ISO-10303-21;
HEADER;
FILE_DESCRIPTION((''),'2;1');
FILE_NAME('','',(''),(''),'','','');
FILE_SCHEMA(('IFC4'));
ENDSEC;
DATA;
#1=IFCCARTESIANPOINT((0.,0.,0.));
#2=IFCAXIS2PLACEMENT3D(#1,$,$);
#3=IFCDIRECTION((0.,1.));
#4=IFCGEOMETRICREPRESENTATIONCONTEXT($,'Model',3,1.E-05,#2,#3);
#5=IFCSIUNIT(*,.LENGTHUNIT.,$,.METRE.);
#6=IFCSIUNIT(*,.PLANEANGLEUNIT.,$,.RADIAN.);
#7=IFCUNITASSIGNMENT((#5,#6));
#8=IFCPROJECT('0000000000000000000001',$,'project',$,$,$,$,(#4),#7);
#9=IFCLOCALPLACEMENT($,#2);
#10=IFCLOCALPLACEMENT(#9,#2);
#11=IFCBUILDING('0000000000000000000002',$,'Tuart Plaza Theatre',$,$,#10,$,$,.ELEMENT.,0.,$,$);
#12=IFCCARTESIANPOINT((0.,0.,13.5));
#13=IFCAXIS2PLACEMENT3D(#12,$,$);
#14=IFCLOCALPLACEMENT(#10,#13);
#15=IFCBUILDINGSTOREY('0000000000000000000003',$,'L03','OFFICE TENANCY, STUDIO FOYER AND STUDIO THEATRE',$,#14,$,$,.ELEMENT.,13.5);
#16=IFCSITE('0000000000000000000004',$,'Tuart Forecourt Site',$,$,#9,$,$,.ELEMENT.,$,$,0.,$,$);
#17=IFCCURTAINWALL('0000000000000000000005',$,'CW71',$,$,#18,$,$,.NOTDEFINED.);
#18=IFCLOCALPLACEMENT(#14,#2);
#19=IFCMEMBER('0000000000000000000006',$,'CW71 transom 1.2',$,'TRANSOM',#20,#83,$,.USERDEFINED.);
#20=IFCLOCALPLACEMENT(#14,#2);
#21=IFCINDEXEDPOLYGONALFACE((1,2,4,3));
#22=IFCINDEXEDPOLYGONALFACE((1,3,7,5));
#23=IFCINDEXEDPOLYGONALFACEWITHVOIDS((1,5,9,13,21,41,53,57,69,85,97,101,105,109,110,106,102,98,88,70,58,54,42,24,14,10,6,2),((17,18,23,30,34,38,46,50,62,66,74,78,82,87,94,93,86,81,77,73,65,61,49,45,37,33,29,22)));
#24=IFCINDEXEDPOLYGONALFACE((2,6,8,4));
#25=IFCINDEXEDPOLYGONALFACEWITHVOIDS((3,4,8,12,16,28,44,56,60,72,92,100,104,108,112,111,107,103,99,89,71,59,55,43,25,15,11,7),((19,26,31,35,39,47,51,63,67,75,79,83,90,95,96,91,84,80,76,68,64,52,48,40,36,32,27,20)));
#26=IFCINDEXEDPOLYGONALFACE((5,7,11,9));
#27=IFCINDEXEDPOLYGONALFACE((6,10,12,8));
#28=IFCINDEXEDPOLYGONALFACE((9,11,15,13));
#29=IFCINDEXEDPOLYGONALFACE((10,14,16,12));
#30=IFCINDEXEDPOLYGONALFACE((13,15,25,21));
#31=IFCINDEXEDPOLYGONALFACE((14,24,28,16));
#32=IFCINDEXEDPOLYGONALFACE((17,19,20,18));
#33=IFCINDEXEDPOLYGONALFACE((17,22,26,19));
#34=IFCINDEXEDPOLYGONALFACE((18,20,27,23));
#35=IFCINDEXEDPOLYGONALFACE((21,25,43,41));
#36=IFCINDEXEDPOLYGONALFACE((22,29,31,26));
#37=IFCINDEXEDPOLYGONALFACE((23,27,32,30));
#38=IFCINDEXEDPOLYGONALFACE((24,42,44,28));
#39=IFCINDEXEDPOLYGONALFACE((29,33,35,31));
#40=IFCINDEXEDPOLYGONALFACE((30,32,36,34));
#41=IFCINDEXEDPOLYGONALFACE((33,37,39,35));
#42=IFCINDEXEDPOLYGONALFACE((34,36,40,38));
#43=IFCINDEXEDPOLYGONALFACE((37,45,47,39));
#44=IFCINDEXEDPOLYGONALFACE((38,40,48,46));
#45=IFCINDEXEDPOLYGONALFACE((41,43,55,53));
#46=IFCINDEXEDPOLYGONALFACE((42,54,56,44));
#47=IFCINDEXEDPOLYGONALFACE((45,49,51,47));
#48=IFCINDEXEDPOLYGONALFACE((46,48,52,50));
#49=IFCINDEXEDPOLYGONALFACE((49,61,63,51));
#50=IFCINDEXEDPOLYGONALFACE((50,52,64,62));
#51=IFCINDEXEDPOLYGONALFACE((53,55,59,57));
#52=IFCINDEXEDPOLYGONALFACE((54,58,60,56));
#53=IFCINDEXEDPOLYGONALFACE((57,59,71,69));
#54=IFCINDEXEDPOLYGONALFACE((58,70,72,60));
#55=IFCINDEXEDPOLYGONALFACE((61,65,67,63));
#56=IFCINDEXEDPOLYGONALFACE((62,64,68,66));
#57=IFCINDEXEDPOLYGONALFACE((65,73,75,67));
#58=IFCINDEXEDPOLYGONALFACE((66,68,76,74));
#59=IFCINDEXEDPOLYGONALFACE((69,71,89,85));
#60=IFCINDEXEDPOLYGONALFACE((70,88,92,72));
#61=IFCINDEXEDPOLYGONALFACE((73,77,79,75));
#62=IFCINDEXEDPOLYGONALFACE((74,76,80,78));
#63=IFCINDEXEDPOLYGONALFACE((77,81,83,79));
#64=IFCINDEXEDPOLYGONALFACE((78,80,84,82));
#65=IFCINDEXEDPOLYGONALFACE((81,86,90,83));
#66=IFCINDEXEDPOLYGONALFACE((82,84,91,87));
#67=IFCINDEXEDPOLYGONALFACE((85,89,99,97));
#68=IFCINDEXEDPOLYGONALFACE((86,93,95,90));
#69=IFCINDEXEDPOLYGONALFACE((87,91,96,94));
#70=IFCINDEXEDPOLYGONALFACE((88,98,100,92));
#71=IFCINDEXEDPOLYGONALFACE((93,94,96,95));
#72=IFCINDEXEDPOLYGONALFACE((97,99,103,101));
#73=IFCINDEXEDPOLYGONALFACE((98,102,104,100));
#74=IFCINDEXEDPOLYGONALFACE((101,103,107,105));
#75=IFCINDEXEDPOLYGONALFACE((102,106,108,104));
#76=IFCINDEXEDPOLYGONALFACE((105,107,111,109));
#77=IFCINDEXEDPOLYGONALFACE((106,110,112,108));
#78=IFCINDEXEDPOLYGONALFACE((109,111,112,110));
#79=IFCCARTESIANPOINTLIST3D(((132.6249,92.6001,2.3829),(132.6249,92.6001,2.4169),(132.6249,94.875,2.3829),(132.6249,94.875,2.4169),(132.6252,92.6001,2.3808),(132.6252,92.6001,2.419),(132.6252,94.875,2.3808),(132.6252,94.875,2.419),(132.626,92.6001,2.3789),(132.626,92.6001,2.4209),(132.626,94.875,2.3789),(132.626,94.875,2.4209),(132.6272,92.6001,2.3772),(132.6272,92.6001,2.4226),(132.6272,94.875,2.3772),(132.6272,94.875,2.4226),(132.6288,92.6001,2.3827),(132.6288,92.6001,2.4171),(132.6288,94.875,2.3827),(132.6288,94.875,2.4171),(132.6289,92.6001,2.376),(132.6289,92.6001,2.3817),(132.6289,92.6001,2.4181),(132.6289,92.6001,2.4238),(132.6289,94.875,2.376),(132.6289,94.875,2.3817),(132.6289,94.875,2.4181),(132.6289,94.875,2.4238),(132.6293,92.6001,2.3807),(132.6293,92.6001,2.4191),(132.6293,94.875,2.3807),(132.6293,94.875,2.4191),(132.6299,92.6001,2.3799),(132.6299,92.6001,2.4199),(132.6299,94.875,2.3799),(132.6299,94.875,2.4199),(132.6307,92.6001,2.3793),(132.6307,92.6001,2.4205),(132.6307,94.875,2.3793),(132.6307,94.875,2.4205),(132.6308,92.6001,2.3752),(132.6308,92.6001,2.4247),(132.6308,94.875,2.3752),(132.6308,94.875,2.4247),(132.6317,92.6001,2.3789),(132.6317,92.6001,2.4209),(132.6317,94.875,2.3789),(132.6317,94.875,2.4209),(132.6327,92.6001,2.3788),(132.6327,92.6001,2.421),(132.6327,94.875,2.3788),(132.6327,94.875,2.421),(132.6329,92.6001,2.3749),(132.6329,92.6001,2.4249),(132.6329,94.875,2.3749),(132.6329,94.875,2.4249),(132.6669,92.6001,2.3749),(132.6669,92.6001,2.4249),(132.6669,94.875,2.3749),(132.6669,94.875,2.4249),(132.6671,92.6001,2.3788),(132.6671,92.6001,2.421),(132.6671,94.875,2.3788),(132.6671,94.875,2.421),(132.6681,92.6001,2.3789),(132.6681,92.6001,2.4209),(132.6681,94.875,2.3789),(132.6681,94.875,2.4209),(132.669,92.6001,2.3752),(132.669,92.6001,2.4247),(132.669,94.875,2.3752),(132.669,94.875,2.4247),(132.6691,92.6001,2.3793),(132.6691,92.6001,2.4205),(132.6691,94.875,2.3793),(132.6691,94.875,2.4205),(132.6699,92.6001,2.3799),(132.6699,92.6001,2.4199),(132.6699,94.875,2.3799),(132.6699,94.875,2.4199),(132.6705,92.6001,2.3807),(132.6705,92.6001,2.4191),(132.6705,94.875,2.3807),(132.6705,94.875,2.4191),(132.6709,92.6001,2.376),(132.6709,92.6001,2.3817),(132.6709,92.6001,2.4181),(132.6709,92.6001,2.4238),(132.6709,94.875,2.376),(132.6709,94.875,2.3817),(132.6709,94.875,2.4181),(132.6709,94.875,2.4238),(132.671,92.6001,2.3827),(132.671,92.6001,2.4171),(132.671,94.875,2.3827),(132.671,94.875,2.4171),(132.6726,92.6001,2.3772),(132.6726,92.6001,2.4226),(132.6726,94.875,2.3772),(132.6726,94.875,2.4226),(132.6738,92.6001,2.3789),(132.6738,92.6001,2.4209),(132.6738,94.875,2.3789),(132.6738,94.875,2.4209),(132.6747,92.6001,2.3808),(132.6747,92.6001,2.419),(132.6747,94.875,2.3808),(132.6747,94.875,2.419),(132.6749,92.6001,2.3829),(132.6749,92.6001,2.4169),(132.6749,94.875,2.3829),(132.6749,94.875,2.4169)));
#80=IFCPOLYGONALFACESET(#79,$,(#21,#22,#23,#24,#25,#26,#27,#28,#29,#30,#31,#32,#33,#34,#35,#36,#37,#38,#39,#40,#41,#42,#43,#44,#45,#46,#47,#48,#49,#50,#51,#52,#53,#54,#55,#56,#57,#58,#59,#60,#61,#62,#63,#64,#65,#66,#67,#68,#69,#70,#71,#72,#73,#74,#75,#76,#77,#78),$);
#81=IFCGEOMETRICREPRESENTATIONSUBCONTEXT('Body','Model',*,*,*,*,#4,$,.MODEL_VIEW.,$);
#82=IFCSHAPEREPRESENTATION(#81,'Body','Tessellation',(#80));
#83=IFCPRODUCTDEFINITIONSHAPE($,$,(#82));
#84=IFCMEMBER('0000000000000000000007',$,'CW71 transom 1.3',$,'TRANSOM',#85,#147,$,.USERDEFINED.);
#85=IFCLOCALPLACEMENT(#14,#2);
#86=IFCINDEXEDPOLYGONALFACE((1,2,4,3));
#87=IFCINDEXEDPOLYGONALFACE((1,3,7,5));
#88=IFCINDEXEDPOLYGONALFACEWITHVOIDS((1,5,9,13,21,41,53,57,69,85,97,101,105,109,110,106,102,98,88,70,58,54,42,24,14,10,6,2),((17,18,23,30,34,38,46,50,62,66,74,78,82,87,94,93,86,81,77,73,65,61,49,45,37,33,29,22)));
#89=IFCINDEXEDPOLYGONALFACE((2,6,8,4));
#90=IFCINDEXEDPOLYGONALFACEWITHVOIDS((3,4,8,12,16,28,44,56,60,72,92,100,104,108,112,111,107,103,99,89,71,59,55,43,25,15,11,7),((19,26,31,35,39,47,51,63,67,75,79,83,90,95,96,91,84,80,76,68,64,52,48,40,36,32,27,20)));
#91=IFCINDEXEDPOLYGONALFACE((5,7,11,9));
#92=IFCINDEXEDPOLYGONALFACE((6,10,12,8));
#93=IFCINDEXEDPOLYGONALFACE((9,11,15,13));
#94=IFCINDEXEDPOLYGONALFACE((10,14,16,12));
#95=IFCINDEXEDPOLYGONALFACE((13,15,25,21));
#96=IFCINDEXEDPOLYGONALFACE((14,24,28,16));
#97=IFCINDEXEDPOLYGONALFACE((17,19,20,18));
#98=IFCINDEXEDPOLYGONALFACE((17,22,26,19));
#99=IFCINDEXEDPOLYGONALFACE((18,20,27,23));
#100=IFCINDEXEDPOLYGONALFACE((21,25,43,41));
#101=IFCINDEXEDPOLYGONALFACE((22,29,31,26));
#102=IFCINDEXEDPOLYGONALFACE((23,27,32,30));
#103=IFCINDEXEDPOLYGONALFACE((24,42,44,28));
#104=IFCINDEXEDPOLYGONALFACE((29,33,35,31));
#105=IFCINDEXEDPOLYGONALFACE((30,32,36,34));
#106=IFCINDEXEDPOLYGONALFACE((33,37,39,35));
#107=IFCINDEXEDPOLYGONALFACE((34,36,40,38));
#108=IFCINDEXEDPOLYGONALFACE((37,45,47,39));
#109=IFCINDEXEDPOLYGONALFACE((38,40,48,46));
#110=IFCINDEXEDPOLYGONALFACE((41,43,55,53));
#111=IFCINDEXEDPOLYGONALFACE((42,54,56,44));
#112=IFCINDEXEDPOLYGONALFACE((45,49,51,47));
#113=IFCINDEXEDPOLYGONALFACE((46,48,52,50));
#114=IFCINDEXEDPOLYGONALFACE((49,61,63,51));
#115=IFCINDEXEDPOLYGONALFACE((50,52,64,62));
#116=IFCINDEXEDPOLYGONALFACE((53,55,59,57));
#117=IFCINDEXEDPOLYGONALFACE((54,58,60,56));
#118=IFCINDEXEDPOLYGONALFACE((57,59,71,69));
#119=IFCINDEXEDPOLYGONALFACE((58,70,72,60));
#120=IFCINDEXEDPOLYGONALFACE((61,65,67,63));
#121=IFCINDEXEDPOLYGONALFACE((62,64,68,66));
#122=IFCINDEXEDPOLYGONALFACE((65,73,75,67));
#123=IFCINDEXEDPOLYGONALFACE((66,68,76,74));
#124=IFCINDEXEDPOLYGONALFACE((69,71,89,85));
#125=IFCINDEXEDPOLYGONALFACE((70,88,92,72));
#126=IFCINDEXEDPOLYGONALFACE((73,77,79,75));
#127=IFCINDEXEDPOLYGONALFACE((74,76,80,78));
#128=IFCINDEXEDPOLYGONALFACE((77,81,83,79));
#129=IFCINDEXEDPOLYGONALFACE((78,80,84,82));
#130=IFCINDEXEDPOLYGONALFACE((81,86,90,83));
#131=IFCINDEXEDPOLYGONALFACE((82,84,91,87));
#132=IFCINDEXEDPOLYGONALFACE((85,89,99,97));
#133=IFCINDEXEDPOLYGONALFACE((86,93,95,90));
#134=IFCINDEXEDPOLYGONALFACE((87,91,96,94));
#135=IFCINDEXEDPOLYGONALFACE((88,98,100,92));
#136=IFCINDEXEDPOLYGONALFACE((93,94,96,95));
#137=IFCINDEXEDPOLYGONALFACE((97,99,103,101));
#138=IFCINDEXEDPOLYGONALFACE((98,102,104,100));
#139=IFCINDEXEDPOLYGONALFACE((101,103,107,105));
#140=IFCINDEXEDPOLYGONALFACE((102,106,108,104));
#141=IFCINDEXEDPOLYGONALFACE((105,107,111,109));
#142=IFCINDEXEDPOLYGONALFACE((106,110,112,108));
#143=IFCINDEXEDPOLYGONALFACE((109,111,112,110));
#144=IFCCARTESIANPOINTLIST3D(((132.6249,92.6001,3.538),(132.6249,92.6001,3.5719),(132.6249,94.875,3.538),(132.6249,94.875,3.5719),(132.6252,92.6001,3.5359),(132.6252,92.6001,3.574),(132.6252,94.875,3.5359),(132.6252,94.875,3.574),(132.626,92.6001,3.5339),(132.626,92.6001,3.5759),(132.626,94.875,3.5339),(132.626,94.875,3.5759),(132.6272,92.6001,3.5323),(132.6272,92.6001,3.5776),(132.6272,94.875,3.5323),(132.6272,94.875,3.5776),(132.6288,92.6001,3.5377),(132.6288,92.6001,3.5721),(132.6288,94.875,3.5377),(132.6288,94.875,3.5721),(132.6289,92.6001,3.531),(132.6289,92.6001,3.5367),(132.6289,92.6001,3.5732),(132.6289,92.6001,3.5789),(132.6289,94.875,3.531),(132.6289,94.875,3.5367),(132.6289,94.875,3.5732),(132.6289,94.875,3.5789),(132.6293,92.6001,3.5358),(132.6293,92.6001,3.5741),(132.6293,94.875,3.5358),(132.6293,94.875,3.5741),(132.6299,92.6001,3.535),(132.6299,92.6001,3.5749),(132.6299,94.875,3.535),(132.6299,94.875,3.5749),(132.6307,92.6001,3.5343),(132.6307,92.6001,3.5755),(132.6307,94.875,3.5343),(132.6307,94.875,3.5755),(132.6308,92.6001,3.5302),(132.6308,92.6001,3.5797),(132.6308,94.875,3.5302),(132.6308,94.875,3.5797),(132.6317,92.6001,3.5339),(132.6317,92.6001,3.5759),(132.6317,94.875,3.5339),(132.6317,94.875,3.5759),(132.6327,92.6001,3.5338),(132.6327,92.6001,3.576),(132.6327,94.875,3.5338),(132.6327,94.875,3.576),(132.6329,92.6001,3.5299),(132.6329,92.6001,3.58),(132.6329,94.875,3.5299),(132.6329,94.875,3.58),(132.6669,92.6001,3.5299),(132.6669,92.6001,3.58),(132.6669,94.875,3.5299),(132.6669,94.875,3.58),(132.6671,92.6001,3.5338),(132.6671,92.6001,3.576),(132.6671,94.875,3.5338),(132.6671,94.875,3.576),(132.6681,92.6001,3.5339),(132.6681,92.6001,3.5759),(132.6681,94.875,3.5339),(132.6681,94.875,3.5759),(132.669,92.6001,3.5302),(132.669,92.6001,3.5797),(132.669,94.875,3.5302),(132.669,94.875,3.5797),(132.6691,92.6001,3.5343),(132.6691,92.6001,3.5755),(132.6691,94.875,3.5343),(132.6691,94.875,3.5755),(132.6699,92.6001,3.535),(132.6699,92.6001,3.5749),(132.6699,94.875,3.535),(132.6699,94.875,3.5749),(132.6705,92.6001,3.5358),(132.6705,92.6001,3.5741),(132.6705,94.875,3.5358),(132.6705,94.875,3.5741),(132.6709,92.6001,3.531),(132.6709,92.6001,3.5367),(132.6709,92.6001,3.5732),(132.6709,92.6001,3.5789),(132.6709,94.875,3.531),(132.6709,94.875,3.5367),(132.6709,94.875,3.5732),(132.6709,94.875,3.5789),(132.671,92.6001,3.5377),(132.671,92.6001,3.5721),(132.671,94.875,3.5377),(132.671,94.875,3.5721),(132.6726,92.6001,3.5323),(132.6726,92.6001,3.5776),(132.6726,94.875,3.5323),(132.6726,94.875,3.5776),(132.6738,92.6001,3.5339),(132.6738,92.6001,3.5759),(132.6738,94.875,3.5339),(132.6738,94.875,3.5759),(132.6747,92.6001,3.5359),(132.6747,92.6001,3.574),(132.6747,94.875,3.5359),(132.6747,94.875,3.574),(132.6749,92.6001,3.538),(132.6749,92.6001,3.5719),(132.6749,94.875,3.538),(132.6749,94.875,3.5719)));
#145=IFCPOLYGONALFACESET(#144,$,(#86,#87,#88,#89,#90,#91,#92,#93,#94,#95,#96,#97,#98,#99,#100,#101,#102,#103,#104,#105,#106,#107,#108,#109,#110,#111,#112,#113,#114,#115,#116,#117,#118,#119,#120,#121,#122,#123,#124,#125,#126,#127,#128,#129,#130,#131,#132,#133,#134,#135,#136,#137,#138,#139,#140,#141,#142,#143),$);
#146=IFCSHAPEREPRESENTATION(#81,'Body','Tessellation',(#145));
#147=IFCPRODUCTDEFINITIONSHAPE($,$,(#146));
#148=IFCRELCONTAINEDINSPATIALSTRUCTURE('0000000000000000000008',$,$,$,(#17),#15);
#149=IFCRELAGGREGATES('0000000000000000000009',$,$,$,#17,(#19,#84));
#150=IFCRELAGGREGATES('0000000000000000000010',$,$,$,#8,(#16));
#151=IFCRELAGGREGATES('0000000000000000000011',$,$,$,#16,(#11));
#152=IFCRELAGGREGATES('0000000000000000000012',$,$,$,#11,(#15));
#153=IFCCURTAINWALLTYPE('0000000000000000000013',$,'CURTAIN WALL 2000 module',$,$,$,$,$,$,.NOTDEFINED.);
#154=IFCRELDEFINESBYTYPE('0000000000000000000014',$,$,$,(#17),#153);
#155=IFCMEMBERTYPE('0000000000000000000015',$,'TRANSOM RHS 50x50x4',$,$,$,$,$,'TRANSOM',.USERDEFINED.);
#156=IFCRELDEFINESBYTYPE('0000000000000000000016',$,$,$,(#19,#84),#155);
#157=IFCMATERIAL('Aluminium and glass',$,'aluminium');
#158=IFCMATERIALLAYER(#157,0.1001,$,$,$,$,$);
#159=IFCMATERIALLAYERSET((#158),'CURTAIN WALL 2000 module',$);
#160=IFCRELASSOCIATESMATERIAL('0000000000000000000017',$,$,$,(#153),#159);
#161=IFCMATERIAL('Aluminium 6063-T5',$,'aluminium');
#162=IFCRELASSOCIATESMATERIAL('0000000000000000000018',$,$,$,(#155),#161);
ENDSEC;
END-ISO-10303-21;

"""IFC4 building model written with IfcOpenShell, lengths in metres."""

from ifc_helpers import new_model, si_unit, direction, frame, origin, origin_2d, place, context, subcontext, project, spatial, hollow_rectangle, extrude, material, layer, layer_set, material_profile, profile_set, type_object, element, aggregate, save


model = new_model("IFC4")

# Units and contexts
model_context = context("Model", 3, precision=1e-05, world=origin(), true_north=direction((0.0, 1.0)))
body_context = subcontext(model_context, "Body", "Model", "MODEL_VIEW")
ifc_project = project(units=[si_unit("LENGTHUNIT", "METRE"), si_unit("PLANEANGLEUNIT", "RADIAN")], contexts=[model_context])

# Site, building, storey
site_placement = place(None, origin())
site = spatial("IfcSite", under=ifc_project, at=site_placement, Name="Tuart Forecourt Site", CompositionType="ELEMENT", RefElevation=0.0)
building_placement = place(site_placement, origin())
building = spatial("IfcBuilding", under=site, at=building_placement, Name="Tuart Plaza Theatre", CompositionType="ELEMENT", ElevationOfRefHeight=0.0)
storey_placement = place(building_placement, frame((0.0, 0.0, 13.5)))
storey = spatial("IfcBuildingStorey", under=building, at=storey_placement, Name="L03", Description="OFFICE TENANCY, STUDIO FOYER AND STUDIO THEATRE", CompositionType="ELEMENT", Elevation=13.5)

# Shared definitions
ifc_material_1 = material(Name="Aluminium and glass", Category="aluminium")
ifc_layer_1 = layer(ifc_material_1, 0.1001)
ifc_layer_set_1 = layer_set([ifc_layer_1], Name="CURTAIN WALL 2000 module")
curtain_wall_type = type_object("IfcCurtainWallType", Name="CURTAIN WALL 2000 module", PredefinedType="NOTDEFINED", material=ifc_layer_set_1)

# Curtain wall
curtain_wall_1_placement = place(storey_placement, origin())
curtain_wall_1 = element("IfcCurtainWall", 1, at=curtain_wall_1_placement, inside=storey, type_object=curtain_wall_type, Name="CW71", PredefinedType="NOTDEFINED")

# Members
ifc_material_2 = material(Name="Aluminium 6063-T5", Category="aluminium")
ifc_material_profile_1 = material_profile(ifc_material_2, hollow_rectangle(XDim=0.05, YDim=0.05, WallThickness=0.0039, InnerFilletRadius=0.0039, OuterFilletRadius=0.0081, at=origin_2d()), Name="RHS 50x50x4")
ifc_profile_set_1 = profile_set([ifc_material_profile_1], Name="Aluminium 6063-T5")
member_type_1 = type_object("IfcMemberType", Name="TRANSOM RHS 50x50x4", ElementType="TRANSOM", PredefinedType="USERDEFINED", material=ifc_profile_set_1)
member_1_placement = place(storey_placement, frame((132.6499, 92.6001, 2.3999), z_axis=(0.0, 1.0, 0.0), x_axis=(-1.0, 0.0, 0.0)))
member_1 = element("IfcMember", 2, at=member_1_placement, type_object=member_type_1, Name="CW71 transom 1.2", ObjectType="TRANSOM", PredefinedType="USERDEFINED", context=body_context, shape_type="SweptSolid", body=[
    extrude(hollow_rectangle(XDim=0.05, YDim=0.05, WallThickness=0.0039, InnerFilletRadius=0.0039, OuterFilletRadius=0.0081, at=origin_2d()), origin(), (0.0, 0.0, 1.0), 2.2749),
])
member_2_placement = place(storey_placement, frame((132.6499, 92.6001, 3.5549), z_axis=(0.0, 1.0, 0.0), x_axis=(-1.0, 0.0, 0.0)))
member_2 = element("IfcMember", 3, at=member_2_placement, type_object=member_type_1, Name="CW71 transom 1.3", ObjectType="TRANSOM", PredefinedType="USERDEFINED", context=body_context, shape_type="SweptSolid", body=[
    extrude(hollow_rectangle(XDim=0.05, YDim=0.05, WallThickness=0.0039, InnerFilletRadius=0.0039, OuterFilletRadius=0.0081, at=origin_2d()), origin(), (0.0, 0.0, 1.0), 2.2749),
])

aggregate(curtain_wall_1, [member_1, member_2])

save(model, "model.ifc")
